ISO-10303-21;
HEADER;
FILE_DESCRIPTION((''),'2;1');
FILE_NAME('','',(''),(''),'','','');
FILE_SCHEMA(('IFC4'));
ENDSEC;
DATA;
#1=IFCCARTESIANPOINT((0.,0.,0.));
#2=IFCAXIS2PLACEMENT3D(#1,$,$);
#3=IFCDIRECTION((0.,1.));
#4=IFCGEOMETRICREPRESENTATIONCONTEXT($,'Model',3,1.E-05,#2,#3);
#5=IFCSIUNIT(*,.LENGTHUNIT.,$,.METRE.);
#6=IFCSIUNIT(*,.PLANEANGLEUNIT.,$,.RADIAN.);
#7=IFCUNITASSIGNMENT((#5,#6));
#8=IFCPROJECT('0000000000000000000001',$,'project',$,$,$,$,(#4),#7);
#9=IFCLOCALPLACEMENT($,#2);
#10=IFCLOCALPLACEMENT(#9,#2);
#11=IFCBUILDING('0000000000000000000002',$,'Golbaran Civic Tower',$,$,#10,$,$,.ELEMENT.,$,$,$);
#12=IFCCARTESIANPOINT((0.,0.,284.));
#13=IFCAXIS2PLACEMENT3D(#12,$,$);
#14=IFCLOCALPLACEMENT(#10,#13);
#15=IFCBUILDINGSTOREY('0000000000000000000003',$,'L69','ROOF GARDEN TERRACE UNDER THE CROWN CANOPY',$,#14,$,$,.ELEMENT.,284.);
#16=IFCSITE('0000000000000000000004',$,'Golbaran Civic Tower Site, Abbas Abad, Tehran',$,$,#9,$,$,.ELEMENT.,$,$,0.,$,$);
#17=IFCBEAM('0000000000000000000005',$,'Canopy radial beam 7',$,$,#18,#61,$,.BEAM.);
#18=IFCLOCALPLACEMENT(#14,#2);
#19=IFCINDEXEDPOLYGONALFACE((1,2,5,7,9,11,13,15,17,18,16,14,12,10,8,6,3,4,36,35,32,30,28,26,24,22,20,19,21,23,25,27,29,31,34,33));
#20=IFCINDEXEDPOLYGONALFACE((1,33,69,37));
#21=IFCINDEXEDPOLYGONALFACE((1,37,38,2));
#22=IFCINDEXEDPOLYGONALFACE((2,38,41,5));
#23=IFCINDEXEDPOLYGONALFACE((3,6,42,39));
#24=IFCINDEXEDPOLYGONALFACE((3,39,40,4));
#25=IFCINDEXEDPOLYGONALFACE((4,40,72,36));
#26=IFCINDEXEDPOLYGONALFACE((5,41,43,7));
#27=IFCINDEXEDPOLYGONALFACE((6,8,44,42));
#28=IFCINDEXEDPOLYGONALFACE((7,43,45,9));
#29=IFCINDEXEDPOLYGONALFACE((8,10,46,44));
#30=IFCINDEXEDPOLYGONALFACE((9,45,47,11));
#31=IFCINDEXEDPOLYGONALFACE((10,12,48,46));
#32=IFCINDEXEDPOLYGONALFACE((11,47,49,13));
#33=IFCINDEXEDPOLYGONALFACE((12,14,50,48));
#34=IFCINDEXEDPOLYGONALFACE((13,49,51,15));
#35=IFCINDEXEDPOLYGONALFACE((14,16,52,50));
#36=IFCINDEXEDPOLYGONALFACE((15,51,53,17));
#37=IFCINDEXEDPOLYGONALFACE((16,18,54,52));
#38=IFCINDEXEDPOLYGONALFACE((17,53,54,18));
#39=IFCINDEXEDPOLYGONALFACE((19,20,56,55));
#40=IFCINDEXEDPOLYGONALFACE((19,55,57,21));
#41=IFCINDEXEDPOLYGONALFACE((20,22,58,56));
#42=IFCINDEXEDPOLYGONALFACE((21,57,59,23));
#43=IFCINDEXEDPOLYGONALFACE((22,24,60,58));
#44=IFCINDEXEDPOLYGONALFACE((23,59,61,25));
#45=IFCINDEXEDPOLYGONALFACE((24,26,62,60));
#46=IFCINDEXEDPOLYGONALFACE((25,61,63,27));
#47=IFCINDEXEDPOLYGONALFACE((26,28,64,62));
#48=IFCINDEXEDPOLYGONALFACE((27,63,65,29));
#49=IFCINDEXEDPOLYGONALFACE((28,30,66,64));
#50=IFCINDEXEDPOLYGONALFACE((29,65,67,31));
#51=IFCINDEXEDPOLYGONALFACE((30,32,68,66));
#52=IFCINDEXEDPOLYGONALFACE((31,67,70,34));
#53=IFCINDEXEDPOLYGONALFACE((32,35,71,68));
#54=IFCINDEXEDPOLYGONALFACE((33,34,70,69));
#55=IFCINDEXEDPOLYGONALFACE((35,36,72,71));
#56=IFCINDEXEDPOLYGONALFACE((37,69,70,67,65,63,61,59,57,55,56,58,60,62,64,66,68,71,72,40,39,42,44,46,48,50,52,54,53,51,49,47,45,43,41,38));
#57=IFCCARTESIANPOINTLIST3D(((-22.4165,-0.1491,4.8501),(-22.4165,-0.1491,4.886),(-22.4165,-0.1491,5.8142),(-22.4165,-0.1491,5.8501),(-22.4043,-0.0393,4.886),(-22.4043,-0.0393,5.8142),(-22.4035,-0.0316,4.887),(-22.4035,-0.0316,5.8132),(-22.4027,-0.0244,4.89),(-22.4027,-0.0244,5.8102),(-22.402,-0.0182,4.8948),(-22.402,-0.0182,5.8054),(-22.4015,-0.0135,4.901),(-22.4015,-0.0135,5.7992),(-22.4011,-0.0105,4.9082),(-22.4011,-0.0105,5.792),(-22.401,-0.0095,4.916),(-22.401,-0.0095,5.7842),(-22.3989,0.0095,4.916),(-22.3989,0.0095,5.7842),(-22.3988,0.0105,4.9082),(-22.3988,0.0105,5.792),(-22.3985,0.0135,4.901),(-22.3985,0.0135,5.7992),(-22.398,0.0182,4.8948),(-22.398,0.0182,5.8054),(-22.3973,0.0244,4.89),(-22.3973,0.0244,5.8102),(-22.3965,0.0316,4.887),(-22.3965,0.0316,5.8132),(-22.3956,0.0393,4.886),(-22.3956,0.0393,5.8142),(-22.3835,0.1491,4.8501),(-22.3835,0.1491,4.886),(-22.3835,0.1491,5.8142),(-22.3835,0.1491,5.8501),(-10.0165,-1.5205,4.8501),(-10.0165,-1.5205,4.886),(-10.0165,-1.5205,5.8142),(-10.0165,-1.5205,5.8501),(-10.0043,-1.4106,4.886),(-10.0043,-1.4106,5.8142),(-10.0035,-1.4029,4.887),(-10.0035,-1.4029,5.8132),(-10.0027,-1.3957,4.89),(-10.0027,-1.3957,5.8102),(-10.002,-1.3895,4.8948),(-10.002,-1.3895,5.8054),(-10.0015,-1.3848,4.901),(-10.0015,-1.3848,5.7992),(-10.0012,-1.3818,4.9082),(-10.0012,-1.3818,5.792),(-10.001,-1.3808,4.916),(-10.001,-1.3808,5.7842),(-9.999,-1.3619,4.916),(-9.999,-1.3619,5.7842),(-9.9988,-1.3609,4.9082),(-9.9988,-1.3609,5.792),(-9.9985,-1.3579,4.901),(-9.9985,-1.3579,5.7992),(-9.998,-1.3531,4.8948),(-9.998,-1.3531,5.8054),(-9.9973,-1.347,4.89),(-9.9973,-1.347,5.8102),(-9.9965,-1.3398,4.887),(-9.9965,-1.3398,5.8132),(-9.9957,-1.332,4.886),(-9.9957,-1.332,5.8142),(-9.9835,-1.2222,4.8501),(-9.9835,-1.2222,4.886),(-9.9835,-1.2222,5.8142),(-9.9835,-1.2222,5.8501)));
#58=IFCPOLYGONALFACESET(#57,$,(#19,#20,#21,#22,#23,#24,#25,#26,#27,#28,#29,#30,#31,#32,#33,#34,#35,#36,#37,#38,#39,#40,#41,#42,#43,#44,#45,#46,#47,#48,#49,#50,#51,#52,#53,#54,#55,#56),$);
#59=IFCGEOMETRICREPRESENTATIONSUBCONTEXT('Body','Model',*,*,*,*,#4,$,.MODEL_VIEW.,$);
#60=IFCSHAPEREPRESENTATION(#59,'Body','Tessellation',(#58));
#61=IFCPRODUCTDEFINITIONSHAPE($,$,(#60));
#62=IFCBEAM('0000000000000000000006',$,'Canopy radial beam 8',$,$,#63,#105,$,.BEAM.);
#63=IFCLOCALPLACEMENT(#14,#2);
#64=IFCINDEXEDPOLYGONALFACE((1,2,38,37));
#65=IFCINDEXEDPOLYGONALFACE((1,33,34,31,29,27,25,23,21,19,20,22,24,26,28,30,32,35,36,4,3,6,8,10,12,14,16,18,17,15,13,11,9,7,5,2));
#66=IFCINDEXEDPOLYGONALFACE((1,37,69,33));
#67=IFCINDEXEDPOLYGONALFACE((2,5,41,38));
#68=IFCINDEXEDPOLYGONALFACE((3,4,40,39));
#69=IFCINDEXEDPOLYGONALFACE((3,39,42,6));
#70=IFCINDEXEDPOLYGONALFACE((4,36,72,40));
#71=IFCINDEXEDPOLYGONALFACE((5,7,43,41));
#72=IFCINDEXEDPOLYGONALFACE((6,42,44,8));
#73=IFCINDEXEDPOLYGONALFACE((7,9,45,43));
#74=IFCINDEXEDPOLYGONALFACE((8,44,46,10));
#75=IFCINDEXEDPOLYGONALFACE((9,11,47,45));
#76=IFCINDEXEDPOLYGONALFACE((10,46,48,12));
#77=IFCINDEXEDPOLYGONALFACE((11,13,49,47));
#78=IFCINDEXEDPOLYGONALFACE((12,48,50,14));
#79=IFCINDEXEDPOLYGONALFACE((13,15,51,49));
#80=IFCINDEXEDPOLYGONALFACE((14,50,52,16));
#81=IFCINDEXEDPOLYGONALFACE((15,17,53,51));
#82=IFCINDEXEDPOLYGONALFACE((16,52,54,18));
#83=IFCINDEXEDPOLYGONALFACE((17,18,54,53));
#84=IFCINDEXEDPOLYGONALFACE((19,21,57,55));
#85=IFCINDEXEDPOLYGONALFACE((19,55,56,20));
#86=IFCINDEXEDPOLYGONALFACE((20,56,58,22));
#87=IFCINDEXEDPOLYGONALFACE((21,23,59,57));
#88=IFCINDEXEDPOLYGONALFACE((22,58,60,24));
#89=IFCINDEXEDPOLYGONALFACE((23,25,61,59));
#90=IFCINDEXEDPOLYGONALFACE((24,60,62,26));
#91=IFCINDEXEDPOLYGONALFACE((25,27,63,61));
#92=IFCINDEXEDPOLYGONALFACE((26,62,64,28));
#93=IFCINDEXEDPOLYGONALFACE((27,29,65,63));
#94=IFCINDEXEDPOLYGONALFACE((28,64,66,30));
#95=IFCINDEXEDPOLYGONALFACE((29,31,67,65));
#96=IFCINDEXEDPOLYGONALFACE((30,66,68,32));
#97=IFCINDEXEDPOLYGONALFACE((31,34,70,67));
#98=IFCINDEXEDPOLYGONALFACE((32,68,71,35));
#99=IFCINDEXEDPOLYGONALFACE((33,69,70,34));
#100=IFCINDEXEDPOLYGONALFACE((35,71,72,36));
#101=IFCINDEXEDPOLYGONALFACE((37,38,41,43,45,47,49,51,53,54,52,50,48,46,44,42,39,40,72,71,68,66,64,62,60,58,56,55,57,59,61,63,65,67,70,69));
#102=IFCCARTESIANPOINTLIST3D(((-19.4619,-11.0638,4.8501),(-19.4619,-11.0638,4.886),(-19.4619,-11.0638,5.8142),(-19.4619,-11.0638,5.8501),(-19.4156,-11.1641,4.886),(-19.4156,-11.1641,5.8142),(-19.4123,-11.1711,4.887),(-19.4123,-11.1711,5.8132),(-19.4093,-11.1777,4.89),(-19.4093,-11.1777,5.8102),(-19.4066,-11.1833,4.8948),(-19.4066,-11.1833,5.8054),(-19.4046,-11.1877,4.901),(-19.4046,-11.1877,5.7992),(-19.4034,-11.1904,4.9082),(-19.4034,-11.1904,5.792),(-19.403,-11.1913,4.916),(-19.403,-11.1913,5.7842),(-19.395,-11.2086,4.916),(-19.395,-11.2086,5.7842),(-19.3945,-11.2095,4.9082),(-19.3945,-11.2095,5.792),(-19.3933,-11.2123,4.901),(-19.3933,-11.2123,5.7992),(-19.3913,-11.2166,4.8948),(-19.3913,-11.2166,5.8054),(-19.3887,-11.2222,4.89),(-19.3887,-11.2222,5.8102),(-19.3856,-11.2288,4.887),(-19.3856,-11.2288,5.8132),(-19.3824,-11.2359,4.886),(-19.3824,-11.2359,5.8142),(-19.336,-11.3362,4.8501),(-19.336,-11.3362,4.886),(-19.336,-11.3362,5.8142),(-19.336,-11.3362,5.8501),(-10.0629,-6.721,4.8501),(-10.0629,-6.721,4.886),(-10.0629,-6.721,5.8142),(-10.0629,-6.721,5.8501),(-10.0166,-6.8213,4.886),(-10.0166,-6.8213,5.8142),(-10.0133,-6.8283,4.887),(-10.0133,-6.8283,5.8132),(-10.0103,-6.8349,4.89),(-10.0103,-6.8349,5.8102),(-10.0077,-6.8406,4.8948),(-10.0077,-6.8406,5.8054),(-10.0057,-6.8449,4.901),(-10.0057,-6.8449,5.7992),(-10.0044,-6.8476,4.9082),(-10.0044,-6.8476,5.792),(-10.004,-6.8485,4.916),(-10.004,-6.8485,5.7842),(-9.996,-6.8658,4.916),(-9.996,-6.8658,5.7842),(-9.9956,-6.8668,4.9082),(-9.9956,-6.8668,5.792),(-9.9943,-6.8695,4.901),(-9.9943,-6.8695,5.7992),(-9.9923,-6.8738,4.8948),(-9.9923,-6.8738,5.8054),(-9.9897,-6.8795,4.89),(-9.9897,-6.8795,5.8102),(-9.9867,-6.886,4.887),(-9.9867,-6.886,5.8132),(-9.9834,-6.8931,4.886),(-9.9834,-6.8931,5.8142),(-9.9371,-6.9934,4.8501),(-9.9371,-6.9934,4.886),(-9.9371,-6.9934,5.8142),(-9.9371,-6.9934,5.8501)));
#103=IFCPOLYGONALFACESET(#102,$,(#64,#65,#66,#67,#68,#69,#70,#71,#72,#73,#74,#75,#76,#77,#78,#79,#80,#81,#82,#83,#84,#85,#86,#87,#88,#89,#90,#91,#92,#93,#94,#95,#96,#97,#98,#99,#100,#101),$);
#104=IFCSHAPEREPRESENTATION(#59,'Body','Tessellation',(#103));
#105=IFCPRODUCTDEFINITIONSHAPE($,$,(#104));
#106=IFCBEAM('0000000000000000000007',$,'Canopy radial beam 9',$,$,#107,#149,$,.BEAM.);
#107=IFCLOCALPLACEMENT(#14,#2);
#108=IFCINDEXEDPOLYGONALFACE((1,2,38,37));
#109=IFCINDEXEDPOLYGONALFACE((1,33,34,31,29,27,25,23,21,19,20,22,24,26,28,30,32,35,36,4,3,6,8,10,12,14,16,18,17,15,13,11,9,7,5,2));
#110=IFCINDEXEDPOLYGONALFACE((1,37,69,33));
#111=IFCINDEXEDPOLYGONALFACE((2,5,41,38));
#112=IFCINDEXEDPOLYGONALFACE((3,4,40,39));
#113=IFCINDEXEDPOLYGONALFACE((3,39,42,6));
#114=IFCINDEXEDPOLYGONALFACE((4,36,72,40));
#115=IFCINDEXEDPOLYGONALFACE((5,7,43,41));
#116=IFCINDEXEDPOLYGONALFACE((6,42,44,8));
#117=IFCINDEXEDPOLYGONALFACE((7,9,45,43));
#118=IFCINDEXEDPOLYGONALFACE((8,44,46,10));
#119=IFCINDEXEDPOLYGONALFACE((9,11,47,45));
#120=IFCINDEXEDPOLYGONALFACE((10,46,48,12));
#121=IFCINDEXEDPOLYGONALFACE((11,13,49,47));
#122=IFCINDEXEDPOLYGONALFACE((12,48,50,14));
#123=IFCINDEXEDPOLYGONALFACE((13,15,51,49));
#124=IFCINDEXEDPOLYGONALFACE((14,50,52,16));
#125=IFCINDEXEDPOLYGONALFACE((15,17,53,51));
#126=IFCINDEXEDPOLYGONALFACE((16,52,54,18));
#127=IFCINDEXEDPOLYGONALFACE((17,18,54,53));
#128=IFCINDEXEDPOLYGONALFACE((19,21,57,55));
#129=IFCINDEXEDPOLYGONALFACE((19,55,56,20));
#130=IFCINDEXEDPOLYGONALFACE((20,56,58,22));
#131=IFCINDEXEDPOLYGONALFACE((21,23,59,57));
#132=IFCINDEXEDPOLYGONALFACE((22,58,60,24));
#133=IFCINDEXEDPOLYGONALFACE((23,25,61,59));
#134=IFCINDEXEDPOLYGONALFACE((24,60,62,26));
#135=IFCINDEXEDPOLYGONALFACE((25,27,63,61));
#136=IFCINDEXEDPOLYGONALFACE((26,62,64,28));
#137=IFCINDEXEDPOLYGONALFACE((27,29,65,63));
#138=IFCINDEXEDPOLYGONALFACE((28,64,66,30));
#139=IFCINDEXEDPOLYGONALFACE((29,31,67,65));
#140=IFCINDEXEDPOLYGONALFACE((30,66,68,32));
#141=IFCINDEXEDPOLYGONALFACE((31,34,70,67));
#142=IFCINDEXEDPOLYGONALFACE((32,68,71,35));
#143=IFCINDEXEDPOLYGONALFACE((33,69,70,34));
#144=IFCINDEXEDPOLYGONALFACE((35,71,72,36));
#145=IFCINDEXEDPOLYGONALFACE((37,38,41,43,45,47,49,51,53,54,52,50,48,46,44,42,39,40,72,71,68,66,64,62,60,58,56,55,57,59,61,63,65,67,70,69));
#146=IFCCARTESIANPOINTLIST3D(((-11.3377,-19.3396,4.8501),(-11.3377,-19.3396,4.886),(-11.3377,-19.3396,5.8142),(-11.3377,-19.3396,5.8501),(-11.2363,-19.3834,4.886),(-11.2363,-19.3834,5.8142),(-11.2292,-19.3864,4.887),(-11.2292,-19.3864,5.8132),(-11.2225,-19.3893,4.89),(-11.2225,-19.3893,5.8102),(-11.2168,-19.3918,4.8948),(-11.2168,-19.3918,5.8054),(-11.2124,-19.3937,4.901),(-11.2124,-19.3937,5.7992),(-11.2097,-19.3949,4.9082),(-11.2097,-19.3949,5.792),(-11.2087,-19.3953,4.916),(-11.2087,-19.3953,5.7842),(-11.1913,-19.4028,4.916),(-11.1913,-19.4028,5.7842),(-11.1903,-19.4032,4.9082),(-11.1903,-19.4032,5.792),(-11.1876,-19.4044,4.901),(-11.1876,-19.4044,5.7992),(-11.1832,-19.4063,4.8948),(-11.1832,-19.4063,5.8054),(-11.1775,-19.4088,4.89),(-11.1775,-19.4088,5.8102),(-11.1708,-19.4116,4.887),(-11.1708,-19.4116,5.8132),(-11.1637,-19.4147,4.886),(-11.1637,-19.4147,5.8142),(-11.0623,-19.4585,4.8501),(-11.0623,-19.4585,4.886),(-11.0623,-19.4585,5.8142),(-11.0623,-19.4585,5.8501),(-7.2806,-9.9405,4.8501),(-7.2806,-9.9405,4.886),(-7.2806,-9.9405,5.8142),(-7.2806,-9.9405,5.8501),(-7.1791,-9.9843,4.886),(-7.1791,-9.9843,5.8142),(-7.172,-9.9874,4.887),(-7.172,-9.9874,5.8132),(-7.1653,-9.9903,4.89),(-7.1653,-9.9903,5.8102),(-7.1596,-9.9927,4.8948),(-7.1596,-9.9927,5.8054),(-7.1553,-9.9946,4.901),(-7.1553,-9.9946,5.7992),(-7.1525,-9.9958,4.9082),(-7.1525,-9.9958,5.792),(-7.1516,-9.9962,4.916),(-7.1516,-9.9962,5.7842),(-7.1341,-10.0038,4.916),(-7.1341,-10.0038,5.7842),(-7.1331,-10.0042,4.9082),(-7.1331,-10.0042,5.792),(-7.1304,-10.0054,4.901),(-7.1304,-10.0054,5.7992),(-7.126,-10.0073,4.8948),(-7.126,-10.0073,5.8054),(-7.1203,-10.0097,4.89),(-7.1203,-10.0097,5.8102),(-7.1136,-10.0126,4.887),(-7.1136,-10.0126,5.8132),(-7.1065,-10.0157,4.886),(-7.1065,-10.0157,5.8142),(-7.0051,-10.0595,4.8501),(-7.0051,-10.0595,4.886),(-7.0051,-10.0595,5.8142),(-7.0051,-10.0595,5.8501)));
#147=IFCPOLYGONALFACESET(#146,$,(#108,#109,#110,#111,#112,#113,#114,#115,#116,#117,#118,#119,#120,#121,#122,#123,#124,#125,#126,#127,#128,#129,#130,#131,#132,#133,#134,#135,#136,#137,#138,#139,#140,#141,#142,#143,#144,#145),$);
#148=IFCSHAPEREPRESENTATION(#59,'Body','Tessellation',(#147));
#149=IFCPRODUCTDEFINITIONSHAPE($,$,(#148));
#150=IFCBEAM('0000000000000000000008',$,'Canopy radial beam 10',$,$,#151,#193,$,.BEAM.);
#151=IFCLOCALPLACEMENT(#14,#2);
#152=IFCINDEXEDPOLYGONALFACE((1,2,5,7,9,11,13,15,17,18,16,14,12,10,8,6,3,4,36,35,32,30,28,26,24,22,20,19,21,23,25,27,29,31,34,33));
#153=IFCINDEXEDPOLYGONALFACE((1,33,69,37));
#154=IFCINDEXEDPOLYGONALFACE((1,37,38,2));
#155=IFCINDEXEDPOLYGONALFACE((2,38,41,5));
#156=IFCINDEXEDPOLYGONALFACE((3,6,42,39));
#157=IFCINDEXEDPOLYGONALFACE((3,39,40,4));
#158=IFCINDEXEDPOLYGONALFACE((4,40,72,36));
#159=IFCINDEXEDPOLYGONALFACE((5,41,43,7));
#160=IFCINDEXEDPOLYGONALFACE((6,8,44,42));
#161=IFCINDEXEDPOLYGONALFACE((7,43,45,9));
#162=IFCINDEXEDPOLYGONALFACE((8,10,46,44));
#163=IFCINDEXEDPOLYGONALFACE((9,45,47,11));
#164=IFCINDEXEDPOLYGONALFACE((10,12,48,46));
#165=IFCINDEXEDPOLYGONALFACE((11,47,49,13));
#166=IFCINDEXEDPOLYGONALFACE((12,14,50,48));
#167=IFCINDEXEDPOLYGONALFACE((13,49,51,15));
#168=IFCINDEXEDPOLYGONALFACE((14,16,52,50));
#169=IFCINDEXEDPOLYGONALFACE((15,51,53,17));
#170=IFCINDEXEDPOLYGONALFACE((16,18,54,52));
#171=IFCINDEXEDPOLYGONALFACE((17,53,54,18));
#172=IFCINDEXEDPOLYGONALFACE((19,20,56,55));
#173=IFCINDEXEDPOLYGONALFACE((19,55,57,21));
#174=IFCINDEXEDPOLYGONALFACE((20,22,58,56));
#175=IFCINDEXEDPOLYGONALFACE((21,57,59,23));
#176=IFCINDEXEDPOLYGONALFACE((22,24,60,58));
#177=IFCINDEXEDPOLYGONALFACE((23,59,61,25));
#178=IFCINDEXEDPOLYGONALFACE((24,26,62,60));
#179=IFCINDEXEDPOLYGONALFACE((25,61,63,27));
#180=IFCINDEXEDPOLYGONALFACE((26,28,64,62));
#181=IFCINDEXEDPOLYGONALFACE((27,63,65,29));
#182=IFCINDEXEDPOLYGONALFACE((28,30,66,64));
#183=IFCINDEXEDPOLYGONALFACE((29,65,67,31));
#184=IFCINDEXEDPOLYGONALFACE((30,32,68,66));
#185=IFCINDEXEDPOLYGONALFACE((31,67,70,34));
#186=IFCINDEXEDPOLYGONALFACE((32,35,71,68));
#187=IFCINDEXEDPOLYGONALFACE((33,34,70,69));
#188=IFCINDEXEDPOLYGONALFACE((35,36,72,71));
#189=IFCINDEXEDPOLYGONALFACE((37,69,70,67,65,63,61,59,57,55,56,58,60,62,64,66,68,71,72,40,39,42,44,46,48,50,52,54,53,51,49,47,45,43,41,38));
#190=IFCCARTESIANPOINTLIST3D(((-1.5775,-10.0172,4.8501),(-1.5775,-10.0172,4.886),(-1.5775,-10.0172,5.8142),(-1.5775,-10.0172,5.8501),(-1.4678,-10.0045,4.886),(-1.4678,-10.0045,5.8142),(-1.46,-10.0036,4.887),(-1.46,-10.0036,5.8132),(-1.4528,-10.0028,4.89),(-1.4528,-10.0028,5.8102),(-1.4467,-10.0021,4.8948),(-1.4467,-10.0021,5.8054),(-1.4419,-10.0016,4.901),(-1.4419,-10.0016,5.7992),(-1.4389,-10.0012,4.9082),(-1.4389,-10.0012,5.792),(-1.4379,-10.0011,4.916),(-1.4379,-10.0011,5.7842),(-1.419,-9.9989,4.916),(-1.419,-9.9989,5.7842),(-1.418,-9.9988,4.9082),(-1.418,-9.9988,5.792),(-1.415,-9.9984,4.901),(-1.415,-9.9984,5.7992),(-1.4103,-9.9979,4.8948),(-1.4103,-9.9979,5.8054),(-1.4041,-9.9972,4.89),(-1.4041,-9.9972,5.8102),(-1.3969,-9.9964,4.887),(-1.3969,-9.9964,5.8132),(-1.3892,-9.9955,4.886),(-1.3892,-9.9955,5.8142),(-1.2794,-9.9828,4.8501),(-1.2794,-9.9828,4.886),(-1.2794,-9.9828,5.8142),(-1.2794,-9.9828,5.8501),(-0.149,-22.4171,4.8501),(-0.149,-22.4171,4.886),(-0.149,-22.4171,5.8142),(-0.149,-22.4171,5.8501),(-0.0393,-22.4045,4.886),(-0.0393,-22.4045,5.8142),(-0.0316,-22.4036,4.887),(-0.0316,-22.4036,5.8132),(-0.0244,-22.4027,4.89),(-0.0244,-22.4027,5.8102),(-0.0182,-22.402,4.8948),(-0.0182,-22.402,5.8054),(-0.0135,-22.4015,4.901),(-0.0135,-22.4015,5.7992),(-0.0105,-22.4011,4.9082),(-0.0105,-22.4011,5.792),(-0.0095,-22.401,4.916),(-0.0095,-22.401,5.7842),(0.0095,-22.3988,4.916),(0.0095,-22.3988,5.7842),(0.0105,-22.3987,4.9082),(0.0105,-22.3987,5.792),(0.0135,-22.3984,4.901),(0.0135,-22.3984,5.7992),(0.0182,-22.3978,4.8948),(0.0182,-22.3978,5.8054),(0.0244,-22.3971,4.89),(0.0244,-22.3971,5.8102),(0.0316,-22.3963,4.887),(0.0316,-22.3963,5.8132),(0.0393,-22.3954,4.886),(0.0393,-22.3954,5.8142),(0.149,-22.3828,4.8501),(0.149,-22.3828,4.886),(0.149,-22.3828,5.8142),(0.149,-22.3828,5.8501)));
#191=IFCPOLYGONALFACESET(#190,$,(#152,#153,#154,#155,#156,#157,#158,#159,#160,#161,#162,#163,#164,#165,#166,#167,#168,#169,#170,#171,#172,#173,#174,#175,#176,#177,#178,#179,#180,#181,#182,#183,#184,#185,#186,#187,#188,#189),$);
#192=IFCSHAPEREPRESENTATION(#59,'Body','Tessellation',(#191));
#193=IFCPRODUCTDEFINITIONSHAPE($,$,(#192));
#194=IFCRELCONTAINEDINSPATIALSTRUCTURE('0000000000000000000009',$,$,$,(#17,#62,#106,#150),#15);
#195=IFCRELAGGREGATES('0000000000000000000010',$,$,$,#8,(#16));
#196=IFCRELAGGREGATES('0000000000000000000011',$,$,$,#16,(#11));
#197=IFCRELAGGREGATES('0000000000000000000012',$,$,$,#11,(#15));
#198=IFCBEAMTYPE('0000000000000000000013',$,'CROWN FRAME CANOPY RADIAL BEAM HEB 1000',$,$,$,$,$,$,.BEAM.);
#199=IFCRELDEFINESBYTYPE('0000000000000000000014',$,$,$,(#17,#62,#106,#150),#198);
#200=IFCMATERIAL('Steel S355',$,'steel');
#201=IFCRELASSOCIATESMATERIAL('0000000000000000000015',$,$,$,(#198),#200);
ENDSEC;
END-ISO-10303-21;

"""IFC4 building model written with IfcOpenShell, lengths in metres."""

from ifc_helpers import new_model, si_unit, direction, frame, origin, origin_2d, place, context, subcontext, project, spatial, i_section, extrude, material, material_profile, profile_set, type_object, element, save


model = new_model("IFC4")

# Units and contexts
model_context = context("Model", 3, precision=1e-05, world=origin(), true_north=direction((0.0, 1.0)))
body_context = subcontext(model_context, "Body", "Model", "MODEL_VIEW")
ifc_project = project(units=[si_unit("LENGTHUNIT", "METRE"), si_unit("PLANEANGLEUNIT", "RADIAN")], contexts=[model_context])

# Site, building, storey
site_placement = place(None, origin())
site = spatial("IfcSite", under=ifc_project, at=site_placement, Name="Golbaran Civic Tower Site, Abbas Abad, Tehran", CompositionType="ELEMENT", RefElevation=0.0)
building_placement = place(site_placement, origin())
building = spatial("IfcBuilding", under=site, at=building_placement, Name="Golbaran Civic Tower", CompositionType="ELEMENT")
storey_placement = place(building_placement, frame((0.0, 0.0, 284.0)))
storey = spatial("IfcBuildingStorey", under=building, at=storey_placement, Name="L69", Description="ROOF GARDEN TERRACE UNDER THE CROWN CANOPY", CompositionType="ELEMENT", Elevation=284.0)

# Shared definitions
ifc_material_1 = material(Name="Steel S355", Category="steel")

# Beams
ifc_material_profile_1 = material_profile(ifc_material_1, i_section(OverallWidth=0.3, OverallDepth=1.0, WebThickness=0.019, FlangeThickness=0.0359, FilletRadius=0.03, at=origin_2d()), Name="HEB 1000")
ifc_profile_set_1 = profile_set([ifc_material_profile_1], Name="Steel S355")
beam_type_1 = type_object("IfcBeamType", Name="CROWN FRAME CANOPY RADIAL BEAM HEB 1000", PredefinedType="BEAM", material=ifc_profile_set_1)
beam_1_placement = place(storey_placement, frame((-10.0, -1.3713, 5.3501), z_axis=(-0.99394, 0.109922, 0.0), x_axis=(-0.109922, -0.99394, 0.0)))
element("IfcBeam", 1, at=beam_1_placement, inside=storey, type_object=beam_type_1, Name="Canopy radial beam 7", PredefinedType="BEAM", context=body_context, shape_type="SweptSolid", body=[
    extrude(i_section(OverallWidth=0.3, OverallDepth=1.0, WebThickness=0.019, FlangeThickness=0.0359, FilletRadius=0.03, at=origin_2d()), origin(), (0.0, 0.0, 1.0), 12.4756),
])
beam_2_placement = place(storey_placement, frame((-10.0, -6.8572, 5.3501), z_axis=(-0.907783, -0.419441, 0.0), x_axis=(0.419441, -0.907783, 0.0)))
element("IfcBeam", 2, at=beam_2_placement, inside=storey, type_object=beam_type_1, Name="Canopy radial beam 8", PredefinedType="BEAM", context=body_context, shape_type="SweptSolid", body=[
    extrude(i_section(OverallWidth=0.3, OverallDepth=1.0, WebThickness=0.019, FlangeThickness=0.0359, FilletRadius=0.03, at=origin_2d()), origin(), (0.0, 0.0, 1.0), 10.3538),
])
beam_3_placement = place(storey_placement, frame((-7.1428, -10.0, 5.3501), z_axis=(-0.396313, -0.918116, 0.0), x_axis=(0.918116, -0.396313, 0.0)))
element("IfcBeam", 3, at=beam_3_placement, inside=storey, type_object=beam_type_1, Name="Canopy radial beam 9", PredefinedType="BEAM", context=body_context, shape_type="SweptSolid", body=[
    extrude(i_section(OverallWidth=0.3, OverallDepth=1.0, WebThickness=0.019, FlangeThickness=0.0359, FilletRadius=0.03, at=origin_2d()), origin(), (0.0, 0.0, 1.0), 10.2373),
])
beam_4_placement = place(storey_placement, frame((-1.4285, -10.0, 5.3501), z_axis=(0.114443, -0.99343, 0.0), x_axis=(0.99343, 0.114443, 0.0)))
element("IfcBeam", 4, at=beam_4_placement, inside=storey, type_object=beam_type_1, Name="Canopy radial beam 10", PredefinedType="BEAM", context=body_context, shape_type="SweptSolid", body=[
    extrude(i_section(OverallWidth=0.3, OverallDepth=1.0, WebThickness=0.019, FlangeThickness=0.0359, FilletRadius=0.03, at=origin_2d()), origin(), (0.0, 0.0, 1.0), 12.4819),
])

save(model, "model.ifc")
